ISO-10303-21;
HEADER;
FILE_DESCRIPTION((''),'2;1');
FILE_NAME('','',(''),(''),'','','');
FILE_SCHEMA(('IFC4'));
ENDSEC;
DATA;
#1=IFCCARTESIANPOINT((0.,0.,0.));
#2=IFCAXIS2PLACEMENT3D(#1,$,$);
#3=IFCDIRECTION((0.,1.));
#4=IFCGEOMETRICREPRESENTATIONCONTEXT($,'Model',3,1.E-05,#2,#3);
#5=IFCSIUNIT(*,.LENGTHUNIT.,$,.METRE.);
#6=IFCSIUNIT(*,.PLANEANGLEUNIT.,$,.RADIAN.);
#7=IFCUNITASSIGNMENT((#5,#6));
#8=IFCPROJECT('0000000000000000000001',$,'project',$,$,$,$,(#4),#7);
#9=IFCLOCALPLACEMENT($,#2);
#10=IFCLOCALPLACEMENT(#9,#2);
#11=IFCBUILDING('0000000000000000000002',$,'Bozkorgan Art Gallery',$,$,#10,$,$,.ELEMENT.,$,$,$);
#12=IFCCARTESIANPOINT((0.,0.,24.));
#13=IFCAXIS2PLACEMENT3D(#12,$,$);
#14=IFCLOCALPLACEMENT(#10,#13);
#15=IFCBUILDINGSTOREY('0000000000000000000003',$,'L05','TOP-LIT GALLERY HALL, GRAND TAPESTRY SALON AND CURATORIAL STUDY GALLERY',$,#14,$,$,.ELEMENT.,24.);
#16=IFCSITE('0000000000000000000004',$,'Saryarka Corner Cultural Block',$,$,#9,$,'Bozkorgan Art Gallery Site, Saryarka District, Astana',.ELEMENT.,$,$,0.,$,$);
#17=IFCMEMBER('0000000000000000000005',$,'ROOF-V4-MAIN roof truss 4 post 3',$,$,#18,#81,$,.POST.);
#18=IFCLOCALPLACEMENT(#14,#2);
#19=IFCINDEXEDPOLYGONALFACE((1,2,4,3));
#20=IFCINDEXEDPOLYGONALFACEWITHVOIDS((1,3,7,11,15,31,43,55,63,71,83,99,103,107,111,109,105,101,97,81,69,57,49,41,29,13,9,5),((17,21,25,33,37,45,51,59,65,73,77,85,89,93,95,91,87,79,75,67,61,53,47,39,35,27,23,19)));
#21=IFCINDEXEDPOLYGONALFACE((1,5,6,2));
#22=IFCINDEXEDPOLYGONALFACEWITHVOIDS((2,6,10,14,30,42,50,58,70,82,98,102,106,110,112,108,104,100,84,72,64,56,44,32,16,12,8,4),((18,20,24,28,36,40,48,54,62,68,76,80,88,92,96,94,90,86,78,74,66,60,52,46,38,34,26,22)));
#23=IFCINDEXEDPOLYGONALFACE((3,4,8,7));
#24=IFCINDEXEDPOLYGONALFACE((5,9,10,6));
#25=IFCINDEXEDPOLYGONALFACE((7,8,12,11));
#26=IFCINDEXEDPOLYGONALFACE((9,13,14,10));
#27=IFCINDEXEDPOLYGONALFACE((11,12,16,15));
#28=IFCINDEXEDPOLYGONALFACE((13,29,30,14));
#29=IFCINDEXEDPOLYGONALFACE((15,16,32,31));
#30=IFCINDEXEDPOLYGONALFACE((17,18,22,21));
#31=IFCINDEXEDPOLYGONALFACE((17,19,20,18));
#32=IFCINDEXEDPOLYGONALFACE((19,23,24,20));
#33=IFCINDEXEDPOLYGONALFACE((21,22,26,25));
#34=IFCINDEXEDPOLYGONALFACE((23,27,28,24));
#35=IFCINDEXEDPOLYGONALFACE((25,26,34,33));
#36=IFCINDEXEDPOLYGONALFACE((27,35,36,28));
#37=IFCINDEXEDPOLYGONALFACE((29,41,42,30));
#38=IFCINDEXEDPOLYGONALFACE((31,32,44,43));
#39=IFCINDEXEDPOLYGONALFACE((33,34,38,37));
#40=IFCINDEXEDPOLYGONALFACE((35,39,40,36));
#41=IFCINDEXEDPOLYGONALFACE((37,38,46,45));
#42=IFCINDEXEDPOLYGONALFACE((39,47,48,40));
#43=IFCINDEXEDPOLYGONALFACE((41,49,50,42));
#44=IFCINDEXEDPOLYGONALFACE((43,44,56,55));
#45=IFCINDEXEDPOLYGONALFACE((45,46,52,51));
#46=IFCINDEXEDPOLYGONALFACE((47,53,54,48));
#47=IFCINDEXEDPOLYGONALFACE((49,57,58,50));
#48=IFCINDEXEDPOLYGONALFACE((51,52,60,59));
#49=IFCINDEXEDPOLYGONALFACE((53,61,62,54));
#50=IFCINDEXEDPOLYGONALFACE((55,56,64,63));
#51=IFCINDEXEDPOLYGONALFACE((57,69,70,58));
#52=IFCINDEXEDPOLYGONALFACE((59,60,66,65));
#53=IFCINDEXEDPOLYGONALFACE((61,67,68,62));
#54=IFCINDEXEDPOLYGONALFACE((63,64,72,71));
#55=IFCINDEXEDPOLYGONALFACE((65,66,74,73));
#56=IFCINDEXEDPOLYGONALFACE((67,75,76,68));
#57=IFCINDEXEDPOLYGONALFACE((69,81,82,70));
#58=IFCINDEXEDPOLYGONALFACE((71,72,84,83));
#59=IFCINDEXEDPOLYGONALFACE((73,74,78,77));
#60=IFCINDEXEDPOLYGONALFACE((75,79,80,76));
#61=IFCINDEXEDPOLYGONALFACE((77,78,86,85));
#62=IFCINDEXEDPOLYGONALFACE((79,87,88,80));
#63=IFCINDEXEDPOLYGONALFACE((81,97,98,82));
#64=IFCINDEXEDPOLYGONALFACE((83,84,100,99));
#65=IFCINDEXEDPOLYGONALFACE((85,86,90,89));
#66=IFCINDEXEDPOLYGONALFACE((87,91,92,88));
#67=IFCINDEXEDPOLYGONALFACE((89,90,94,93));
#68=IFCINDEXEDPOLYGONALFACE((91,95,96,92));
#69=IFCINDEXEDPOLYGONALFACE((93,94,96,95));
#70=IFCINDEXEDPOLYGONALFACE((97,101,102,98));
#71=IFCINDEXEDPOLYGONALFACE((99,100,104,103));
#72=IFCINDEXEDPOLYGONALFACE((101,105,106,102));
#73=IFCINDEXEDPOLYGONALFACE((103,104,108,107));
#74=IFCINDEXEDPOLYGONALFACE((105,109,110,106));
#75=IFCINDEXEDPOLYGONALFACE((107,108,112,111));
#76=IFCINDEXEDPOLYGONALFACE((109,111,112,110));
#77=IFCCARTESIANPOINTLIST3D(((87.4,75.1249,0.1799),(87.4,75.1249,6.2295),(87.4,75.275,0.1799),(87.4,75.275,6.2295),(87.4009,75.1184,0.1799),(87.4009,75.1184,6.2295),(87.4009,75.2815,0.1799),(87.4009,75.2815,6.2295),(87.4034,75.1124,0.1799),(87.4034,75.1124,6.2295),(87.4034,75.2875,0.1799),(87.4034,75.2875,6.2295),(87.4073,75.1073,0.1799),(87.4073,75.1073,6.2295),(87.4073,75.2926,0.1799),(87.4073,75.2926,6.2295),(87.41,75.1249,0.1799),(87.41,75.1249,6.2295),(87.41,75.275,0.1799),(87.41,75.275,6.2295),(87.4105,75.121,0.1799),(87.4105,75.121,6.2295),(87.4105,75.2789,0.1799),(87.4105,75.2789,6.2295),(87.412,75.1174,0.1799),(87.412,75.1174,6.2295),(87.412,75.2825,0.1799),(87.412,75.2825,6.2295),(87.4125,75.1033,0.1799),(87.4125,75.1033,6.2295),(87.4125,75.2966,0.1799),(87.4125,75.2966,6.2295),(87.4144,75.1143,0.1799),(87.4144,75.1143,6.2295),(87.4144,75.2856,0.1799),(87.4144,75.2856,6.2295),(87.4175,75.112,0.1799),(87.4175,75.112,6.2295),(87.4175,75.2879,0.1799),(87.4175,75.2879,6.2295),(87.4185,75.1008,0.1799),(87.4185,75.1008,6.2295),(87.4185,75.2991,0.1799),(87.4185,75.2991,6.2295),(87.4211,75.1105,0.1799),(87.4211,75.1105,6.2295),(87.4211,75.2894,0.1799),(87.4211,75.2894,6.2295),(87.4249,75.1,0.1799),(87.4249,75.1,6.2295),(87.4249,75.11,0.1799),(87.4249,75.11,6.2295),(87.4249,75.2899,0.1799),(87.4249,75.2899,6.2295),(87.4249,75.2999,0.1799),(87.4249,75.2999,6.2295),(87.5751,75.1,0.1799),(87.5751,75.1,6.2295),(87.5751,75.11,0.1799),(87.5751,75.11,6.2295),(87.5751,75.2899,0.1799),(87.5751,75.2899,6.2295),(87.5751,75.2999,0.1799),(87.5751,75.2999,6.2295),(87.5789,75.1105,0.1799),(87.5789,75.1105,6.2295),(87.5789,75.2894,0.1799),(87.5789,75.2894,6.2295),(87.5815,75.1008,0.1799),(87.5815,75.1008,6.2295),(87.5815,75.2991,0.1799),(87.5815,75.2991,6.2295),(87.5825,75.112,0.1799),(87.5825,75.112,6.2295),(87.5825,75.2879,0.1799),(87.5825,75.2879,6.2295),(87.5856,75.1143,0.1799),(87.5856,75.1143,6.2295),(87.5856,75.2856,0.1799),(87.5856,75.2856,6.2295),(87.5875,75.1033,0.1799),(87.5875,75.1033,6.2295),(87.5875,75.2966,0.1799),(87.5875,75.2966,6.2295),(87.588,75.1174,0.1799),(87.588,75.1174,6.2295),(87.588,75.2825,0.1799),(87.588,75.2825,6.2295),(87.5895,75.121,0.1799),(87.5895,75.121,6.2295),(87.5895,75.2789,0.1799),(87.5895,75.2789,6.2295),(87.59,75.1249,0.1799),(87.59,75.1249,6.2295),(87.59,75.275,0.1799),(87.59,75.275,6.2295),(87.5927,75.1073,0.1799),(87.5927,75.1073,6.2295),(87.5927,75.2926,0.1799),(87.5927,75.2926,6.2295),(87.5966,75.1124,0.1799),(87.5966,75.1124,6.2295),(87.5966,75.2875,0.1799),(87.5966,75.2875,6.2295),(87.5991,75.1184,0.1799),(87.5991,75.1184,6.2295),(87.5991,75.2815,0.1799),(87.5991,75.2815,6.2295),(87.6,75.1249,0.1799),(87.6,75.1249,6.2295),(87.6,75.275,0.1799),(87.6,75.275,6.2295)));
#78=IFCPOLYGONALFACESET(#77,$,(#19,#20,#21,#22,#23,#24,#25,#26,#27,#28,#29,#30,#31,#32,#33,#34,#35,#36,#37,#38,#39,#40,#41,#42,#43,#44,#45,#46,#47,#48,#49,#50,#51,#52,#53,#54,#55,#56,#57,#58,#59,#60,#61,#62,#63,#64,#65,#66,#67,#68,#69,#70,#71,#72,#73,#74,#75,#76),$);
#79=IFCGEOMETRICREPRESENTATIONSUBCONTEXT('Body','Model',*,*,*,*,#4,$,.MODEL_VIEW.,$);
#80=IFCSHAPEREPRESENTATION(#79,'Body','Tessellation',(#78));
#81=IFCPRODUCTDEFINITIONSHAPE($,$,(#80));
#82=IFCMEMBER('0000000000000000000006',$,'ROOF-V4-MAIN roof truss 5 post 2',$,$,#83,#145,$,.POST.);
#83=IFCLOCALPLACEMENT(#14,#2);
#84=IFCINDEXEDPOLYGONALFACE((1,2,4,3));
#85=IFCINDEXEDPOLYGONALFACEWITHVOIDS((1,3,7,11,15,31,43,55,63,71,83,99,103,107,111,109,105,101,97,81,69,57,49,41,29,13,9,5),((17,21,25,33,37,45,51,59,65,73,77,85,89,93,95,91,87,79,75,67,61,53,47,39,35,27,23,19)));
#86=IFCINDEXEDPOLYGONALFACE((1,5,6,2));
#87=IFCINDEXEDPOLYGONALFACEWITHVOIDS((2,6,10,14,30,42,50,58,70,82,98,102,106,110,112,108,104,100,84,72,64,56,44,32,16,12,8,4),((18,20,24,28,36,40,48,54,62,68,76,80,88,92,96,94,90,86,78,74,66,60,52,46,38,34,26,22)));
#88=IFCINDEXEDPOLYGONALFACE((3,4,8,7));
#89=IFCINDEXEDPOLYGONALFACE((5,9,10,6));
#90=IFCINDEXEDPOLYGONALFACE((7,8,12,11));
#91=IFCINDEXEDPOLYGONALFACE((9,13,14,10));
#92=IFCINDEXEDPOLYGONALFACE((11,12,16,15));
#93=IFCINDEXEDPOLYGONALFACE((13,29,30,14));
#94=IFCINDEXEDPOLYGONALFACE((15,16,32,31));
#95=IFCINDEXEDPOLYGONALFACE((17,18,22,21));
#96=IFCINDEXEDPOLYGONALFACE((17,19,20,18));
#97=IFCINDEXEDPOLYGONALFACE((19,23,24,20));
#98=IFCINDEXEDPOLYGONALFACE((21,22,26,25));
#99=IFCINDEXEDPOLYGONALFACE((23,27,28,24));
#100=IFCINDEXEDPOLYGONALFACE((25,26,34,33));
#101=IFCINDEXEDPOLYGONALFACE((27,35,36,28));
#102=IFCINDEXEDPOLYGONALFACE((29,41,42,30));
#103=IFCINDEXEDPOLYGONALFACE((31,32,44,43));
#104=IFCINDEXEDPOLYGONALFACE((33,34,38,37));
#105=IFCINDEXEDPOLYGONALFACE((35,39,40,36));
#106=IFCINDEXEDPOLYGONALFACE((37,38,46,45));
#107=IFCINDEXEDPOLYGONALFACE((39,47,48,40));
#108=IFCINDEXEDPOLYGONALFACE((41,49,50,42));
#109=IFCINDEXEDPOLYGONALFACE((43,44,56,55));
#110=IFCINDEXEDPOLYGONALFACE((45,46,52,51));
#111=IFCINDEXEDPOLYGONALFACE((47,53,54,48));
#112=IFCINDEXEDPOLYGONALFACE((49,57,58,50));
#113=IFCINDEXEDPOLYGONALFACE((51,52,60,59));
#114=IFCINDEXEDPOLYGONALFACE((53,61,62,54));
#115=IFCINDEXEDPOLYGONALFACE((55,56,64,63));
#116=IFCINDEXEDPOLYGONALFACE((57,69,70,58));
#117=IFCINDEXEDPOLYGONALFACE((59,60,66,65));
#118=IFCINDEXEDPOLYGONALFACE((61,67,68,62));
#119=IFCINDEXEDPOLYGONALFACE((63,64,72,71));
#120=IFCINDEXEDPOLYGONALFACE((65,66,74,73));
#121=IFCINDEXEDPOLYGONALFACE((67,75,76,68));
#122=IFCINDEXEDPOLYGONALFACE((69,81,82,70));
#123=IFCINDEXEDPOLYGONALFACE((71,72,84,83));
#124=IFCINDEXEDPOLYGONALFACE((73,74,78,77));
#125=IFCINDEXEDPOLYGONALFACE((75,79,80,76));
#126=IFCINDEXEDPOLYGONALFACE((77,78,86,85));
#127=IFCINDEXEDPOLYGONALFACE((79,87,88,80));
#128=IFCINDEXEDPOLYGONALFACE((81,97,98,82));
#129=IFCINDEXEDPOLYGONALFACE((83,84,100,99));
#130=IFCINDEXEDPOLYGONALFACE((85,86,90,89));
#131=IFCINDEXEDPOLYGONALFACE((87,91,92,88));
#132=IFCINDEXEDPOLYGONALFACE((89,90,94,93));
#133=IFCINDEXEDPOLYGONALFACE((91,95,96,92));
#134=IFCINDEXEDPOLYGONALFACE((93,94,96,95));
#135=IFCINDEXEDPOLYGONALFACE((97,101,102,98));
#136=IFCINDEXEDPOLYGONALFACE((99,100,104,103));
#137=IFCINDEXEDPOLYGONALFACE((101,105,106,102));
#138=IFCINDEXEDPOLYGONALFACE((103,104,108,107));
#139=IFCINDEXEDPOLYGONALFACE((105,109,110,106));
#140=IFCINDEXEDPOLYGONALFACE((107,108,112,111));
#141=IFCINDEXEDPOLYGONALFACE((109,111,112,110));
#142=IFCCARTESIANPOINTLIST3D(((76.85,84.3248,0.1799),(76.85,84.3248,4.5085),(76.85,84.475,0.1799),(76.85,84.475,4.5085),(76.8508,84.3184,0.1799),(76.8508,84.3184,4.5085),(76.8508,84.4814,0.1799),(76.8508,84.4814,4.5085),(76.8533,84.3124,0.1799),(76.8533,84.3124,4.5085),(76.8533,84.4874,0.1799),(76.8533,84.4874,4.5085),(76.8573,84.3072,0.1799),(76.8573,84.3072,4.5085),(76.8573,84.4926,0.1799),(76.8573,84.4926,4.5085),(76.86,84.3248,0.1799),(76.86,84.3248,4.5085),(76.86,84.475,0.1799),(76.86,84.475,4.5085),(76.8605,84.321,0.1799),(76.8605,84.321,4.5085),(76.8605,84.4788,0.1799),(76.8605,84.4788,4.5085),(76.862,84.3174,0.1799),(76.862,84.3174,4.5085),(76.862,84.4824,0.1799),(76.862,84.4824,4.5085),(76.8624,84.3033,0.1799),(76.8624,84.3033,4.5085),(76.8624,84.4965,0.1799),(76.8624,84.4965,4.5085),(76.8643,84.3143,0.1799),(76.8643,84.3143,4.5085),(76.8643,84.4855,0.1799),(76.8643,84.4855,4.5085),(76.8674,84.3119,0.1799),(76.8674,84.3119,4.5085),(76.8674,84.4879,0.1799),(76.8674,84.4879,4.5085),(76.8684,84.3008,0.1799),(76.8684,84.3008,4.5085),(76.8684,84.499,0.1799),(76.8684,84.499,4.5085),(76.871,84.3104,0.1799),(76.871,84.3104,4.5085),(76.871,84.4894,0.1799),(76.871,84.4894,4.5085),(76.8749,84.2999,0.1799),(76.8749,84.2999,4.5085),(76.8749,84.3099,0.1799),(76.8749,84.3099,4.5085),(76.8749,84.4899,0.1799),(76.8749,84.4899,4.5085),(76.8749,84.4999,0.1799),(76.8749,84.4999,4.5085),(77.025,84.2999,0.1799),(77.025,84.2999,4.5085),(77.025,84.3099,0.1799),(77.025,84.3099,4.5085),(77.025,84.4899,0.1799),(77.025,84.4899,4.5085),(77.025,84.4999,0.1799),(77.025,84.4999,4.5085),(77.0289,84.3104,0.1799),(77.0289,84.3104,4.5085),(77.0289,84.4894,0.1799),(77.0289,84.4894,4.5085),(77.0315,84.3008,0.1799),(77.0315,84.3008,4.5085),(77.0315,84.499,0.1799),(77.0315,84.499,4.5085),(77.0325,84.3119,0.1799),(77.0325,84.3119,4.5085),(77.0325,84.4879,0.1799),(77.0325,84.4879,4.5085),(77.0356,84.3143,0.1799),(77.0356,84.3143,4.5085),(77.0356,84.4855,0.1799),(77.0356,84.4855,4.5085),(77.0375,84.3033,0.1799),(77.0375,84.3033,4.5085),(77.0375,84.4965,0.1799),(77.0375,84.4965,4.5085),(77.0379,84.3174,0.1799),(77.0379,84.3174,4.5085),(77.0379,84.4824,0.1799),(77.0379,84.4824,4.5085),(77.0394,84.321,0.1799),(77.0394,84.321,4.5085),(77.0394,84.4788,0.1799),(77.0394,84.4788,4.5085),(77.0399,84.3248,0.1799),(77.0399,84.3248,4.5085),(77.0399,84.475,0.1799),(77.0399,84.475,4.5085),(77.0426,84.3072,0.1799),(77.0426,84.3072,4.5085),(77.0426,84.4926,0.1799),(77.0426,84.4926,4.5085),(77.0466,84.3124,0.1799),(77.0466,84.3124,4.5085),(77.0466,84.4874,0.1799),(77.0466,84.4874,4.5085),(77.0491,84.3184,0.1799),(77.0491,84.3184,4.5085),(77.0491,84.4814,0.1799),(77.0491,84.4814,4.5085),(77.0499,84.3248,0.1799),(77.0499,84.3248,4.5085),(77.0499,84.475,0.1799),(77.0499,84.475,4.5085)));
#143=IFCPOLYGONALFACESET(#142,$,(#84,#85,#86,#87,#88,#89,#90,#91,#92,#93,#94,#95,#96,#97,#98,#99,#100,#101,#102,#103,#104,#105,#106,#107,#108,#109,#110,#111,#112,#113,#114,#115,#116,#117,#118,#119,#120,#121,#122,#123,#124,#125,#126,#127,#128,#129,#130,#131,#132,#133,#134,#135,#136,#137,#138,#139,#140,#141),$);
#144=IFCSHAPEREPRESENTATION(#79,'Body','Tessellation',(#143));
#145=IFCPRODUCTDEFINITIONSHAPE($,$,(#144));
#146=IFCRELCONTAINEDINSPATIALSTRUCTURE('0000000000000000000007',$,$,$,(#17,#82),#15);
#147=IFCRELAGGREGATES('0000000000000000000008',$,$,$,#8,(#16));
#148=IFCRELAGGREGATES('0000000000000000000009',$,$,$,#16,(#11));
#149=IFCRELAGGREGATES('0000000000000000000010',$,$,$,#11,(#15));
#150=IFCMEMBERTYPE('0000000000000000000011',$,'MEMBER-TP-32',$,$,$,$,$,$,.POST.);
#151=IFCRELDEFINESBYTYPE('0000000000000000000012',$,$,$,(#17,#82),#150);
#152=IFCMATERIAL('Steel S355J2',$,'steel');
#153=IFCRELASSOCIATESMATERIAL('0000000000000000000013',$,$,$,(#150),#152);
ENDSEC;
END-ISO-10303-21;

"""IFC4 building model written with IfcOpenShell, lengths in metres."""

from ifc_helpers import new_model, si_unit, direction, frame, origin, origin_2d, place, context, subcontext, project, spatial, hollow_rectangle, extrude, material, material_profile, profile_set, type_object, element, save


model = new_model("IFC4")

# Units and contexts
model_context = context("Model", 3, precision=1e-05, world=origin(), true_north=direction((0.0, 1.0)))
body_context = subcontext(model_context, "Body", "Model", "MODEL_VIEW")
ifc_project = project(units=[si_unit("LENGTHUNIT", "METRE"), si_unit("PLANEANGLEUNIT", "RADIAN")], contexts=[model_context])

# Site, building, storey
site_placement = place(None, origin())
site = spatial("IfcSite", under=ifc_project, at=site_placement, Name="Saryarka Corner Cultural Block", LongName="Bozkorgan Art Gallery Site, Saryarka District, Astana", CompositionType="ELEMENT", RefElevation=0.0)
building_placement = place(site_placement, origin())
building = spatial("IfcBuilding", under=site, at=building_placement, Name="Bozkorgan Art Gallery", CompositionType="ELEMENT")
storey_placement = place(building_placement, frame((0.0, 0.0, 24.0)))
storey = spatial("IfcBuildingStorey", under=building, at=storey_placement, Name="L05", Description="TOP-LIT GALLERY HALL, GRAND TAPESTRY SALON AND CURATORIAL STUDY GALLERY", CompositionType="ELEMENT", Elevation=24.0)

# Members
ifc_material_1 = material(Name="Steel S355J2", Category="steel")
ifc_material_profile_1 = material_profile(ifc_material_1, hollow_rectangle(XDim=0.2, YDim=0.2, WallThickness=0.01, InnerFilletRadius=0.0149, OuterFilletRadius=0.0249, at=origin_2d()), Name="SHS 200x200x10")
ifc_profile_set_1 = profile_set([ifc_material_profile_1], Name="Steel S355J2")
member_type_1 = type_object("IfcMemberType", Name="MEMBER-TP-32", PredefinedType="POST", material=ifc_profile_set_1)
member_1_placement = place(storey_placement, frame((87.5, 75.2, 0.1799), z_axis=(0.0, 0.0, 1.0), x_axis=(1.0, 0.0, 0.0)))
element("IfcMember", 1, at=member_1_placement, inside=storey, type_object=member_type_1, Name="ROOF-V4-MAIN roof truss 4 post 3", PredefinedType="POST", context=body_context, shape_type="SweptSolid", body=[
    extrude(hollow_rectangle(XDim=0.2, YDim=0.2, WallThickness=0.01, InnerFilletRadius=0.0149, OuterFilletRadius=0.0249, at=origin_2d()), origin(), (0.0, 0.0, 1.0), 6.0496),
])
member_2_placement = place(storey_placement, frame((76.95, 84.3999, 0.1799), z_axis=(0.0, 0.0, 1.0), x_axis=(1.0, 0.0, 0.0)))
element("IfcMember", 2, at=member_2_placement, inside=storey, type_object=member_type_1, Name="ROOF-V4-MAIN roof truss 5 post 2", PredefinedType="POST", context=body_context, shape_type="SweptSolid", body=[
    extrude(hollow_rectangle(XDim=0.2, YDim=0.2, WallThickness=0.01, InnerFilletRadius=0.0149, OuterFilletRadius=0.0249, at=origin_2d()), origin(), (0.0, 0.0, 1.0), 4.3286),
])

save(model, "model.ifc")
